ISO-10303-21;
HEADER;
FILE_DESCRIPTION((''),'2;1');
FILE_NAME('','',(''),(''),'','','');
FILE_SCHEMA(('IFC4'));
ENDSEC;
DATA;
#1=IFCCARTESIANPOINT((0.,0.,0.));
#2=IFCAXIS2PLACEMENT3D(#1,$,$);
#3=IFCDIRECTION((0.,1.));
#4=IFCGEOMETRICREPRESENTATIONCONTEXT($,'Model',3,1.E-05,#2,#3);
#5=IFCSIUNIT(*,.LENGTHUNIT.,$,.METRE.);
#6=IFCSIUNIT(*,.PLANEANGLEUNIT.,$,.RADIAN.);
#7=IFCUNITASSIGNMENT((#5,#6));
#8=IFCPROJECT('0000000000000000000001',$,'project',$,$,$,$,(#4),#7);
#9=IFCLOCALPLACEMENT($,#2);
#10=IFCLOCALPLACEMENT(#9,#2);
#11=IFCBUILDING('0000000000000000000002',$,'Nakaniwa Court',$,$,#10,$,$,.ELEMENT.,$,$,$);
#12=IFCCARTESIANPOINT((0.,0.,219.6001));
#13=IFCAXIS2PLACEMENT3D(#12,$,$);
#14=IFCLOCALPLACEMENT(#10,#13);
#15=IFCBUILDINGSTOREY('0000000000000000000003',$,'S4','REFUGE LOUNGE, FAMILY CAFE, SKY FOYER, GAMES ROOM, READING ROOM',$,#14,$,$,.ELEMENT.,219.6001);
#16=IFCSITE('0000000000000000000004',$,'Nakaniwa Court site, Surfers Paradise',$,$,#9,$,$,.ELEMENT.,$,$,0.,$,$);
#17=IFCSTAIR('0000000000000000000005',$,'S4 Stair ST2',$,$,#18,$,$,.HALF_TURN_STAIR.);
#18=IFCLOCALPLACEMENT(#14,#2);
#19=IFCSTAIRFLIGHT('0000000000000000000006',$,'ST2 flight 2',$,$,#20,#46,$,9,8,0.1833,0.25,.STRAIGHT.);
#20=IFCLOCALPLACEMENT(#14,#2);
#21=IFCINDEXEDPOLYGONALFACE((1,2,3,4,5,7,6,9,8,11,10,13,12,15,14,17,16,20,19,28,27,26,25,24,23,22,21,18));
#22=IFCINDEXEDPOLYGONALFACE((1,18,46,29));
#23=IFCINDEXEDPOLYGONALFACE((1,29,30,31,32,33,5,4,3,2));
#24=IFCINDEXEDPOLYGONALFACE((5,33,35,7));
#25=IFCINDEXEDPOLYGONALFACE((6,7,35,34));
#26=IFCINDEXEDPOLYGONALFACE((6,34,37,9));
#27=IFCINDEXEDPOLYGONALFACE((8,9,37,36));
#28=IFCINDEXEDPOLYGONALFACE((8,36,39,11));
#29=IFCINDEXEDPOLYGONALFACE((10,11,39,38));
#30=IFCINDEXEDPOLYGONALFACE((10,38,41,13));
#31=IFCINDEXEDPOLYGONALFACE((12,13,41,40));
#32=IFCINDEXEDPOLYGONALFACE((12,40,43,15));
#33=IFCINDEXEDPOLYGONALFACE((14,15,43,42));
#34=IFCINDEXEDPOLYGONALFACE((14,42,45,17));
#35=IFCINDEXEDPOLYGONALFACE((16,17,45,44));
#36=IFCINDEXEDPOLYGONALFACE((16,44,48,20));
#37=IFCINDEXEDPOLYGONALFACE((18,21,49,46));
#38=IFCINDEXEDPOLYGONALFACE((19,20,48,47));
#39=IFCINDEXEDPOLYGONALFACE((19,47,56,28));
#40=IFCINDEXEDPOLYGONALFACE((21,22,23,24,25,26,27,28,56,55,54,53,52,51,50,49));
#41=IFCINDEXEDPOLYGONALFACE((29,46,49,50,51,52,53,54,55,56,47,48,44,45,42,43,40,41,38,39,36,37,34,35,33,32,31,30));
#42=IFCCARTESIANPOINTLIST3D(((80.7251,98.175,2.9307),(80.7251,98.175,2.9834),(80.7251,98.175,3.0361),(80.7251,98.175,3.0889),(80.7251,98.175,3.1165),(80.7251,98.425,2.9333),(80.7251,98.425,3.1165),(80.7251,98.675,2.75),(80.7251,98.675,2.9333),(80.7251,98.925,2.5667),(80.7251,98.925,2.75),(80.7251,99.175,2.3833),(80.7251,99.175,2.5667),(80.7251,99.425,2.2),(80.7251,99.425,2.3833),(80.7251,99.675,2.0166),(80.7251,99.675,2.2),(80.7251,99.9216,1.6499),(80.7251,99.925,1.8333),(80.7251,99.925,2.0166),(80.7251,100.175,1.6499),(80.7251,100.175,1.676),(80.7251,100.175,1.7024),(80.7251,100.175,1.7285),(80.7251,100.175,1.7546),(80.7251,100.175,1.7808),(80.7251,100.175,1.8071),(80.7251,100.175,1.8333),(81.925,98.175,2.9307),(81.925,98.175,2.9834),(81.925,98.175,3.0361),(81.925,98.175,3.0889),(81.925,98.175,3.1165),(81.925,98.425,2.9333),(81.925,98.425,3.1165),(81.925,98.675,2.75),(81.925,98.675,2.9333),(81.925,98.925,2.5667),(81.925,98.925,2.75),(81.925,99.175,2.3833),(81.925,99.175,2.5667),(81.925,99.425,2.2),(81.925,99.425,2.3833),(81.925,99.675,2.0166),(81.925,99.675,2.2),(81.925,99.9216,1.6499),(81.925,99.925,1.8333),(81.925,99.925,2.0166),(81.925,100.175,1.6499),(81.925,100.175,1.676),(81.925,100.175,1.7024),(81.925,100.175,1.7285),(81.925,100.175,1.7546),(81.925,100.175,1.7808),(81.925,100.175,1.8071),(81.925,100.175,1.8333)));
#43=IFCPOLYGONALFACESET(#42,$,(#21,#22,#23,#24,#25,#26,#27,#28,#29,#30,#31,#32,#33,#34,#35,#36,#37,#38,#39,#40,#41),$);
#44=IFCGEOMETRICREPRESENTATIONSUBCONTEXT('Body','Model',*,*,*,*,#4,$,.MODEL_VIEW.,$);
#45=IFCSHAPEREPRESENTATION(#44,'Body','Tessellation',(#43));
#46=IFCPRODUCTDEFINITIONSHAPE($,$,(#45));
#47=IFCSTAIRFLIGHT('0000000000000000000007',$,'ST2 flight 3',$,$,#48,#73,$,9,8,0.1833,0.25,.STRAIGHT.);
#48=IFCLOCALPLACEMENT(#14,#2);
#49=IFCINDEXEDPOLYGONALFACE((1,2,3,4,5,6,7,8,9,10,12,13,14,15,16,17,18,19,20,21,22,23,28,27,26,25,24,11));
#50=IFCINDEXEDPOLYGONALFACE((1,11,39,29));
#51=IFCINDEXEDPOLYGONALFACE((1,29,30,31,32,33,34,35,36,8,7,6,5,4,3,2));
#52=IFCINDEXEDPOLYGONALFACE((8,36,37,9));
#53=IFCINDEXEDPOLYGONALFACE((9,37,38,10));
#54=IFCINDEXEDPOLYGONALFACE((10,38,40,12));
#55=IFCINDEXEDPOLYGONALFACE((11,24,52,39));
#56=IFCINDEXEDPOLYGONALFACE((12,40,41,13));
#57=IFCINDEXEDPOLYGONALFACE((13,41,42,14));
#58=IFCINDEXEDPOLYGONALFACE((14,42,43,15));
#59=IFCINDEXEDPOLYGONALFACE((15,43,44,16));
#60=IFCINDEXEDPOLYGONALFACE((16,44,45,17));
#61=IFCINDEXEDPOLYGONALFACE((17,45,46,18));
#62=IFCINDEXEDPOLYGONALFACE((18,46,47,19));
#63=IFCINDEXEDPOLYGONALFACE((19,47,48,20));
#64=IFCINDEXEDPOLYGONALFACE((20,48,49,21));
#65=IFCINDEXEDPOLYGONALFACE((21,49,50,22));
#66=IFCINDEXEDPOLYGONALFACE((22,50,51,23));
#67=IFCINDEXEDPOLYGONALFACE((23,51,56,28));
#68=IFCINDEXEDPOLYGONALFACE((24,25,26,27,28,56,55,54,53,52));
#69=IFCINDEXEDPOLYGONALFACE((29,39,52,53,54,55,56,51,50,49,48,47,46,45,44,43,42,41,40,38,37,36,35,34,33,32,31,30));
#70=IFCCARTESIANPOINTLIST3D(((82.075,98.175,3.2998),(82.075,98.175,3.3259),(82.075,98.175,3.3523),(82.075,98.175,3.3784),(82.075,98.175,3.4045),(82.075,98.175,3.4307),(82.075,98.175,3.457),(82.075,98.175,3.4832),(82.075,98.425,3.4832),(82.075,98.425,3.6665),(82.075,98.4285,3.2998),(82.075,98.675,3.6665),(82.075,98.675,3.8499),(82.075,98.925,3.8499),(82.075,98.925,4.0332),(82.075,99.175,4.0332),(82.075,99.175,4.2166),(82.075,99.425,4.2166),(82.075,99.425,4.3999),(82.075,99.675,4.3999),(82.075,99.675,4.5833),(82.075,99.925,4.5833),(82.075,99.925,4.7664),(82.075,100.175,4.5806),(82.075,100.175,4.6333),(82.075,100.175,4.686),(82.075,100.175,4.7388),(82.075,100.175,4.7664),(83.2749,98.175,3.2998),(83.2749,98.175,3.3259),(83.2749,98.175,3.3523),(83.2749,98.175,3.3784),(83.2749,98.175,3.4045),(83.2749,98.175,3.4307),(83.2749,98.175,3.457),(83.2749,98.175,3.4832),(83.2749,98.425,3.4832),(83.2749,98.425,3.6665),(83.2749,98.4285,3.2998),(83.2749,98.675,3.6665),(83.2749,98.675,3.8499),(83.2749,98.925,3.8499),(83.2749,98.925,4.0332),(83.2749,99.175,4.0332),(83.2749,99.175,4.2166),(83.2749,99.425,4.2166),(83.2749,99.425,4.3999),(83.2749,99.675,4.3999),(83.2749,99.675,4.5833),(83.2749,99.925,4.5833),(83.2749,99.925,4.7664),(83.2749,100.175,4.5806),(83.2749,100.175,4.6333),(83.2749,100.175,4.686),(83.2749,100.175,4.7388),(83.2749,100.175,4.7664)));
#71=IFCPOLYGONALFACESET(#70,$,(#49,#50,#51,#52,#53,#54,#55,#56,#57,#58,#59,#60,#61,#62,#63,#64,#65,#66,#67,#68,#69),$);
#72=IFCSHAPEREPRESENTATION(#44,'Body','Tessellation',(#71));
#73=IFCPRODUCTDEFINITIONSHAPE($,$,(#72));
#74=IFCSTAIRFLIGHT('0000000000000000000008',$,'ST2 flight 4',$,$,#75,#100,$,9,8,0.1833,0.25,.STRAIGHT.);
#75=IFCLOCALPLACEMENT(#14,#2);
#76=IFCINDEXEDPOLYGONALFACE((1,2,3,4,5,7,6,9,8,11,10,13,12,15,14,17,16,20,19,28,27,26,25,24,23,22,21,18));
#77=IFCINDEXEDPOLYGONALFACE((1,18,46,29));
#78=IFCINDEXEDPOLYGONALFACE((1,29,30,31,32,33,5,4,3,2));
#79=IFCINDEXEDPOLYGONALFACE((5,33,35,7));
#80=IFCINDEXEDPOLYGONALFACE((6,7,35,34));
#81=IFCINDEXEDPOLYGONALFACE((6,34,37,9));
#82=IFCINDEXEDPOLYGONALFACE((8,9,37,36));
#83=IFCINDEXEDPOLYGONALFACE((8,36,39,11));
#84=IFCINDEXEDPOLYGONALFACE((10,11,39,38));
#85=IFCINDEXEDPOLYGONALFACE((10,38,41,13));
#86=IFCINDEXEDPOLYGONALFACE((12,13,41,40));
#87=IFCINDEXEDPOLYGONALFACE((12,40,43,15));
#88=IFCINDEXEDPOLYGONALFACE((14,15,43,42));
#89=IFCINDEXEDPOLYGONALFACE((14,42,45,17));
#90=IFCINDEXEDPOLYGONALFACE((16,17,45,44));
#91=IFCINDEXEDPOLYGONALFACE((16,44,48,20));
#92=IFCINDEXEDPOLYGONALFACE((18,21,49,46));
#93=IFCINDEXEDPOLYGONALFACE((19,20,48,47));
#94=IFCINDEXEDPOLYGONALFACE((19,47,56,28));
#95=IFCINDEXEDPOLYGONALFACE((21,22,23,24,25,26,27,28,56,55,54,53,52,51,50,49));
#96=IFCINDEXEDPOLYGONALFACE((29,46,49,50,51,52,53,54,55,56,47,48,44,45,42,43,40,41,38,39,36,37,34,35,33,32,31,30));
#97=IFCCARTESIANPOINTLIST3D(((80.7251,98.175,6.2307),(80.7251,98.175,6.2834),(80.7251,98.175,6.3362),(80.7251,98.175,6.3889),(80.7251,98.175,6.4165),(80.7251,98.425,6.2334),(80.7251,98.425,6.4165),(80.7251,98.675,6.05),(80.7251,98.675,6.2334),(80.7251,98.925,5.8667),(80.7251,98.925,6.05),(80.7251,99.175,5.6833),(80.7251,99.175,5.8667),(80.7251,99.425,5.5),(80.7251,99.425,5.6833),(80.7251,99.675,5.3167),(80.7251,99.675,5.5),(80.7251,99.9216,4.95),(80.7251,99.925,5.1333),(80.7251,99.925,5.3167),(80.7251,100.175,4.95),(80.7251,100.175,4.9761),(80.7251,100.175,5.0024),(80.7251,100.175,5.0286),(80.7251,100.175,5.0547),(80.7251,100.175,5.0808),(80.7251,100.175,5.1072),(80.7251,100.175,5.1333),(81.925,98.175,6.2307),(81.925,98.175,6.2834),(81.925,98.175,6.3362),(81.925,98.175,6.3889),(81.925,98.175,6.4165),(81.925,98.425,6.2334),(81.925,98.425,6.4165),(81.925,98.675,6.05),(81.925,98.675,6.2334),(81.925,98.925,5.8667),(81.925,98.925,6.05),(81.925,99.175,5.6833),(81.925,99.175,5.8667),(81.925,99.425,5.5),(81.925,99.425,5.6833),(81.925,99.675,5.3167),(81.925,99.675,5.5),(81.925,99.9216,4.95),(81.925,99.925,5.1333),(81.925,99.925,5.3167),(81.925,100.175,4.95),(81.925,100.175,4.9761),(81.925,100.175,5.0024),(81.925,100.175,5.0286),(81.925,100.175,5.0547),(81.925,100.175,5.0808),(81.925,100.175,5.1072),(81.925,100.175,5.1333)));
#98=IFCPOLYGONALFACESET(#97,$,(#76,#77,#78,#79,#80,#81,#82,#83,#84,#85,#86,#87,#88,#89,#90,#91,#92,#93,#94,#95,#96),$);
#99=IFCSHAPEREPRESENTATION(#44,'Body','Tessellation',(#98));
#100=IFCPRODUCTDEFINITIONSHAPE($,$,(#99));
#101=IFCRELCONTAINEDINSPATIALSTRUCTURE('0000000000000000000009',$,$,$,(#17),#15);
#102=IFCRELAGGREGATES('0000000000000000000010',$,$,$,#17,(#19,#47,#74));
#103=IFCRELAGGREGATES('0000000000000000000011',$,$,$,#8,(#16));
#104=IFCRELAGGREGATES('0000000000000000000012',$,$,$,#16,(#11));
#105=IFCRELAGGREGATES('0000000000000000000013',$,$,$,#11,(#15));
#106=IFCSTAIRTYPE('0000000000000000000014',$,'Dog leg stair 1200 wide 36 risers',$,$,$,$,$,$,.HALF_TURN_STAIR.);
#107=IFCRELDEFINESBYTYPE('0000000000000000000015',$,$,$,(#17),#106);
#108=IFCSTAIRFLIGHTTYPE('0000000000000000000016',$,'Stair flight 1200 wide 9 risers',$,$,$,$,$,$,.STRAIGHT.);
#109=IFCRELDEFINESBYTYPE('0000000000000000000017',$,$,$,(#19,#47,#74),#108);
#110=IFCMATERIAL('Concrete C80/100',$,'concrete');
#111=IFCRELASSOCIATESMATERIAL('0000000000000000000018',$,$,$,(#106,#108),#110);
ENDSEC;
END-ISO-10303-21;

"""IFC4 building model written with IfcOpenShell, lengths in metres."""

from ifc_helpers import new_model, si_unit, direction, frame, origin, place, context, subcontext, project, spatial, polyline, outline, extrude, material, type_object, element, aggregate, save


model = new_model("IFC4")

# Units and contexts
model_context = context("Model", 3, precision=1e-05, world=origin(), true_north=direction((0.0, 1.0)))
body_context = subcontext(model_context, "Body", "Model", "MODEL_VIEW")
ifc_project = project(units=[si_unit("LENGTHUNIT", "METRE"), si_unit("PLANEANGLEUNIT", "RADIAN")], contexts=[model_context])

# Site, building, storey
site_placement = place(None, origin())
site = spatial("IfcSite", under=ifc_project, at=site_placement, Name="Nakaniwa Court site, Surfers Paradise", CompositionType="ELEMENT", RefElevation=0.0)
building_placement = place(site_placement, origin())
building = spatial("IfcBuilding", under=site, at=building_placement, Name="Nakaniwa Court", CompositionType="ELEMENT")
storey_placement = place(building_placement, frame((0.0, 0.0, 219.6001)))
storey = spatial("IfcBuildingStorey", under=building, at=storey_placement, Name="S4", Description="REFUGE LOUNGE, FAMILY CAFE, SKY FOYER, GAMES ROOM, READING ROOM", CompositionType="ELEMENT", Elevation=219.6001)

# Shared definitions
ifc_material_1 = material(Name="Concrete C80/100", Category="concrete")

# Stair, stair flights
stair_type = type_object("IfcStairType", Name="Dog leg stair 1200 wide 36 risers", PredefinedType="HALF_TURN_STAIR", material=ifc_material_1)
stair_placement = place(storey_placement, origin())
stair = element("IfcStair", 1, at=stair_placement, inside=storey, type_object=stair_type, Name="S4 Stair ST2", PredefinedType="HALF_TURN_STAIR")
stair_flight_type = type_object("IfcStairFlightType", Name="Stair flight 1200 wide 9 risers", PredefinedType="STRAIGHT", material=ifc_material_1)
stair_flight_1_placement = place(storey_placement, frame((81.325, 100.175, 1.6499), z_axis=(0.0, 0.0, 1.0), x_axis=(0.0, -1.0, 0.0)))
stair_flight_1 = element("IfcStairFlight", 2, at=stair_flight_1_placement, type_object=stair_flight_type, Name="ST2 flight 2", NumberOfRisers=9, NumberOfTreads=8, PredefinedType="STRAIGHT", RiserHeight=0.1833, TreadLength=0.25, context=body_context, shape_type="SweptSolid", body=[
    extrude(outline(polyline([(0.0, 0.0), (0.0, 0.0261), (0.0, 0.0525), (0.0, 0.0786), (0.0, 0.1047), (0.0, 0.1309), (0.0, 0.1572), (0.0, 0.1833), (0.25, 0.1833), (0.25, 0.3667), (0.5, 0.3667), (0.5, 0.55), (0.75, 0.55), (0.75, 0.7334), (1.0, 0.7334), (1.0, 0.9167), (1.25, 0.9167), (1.25, 1.1001), (1.5, 1.1001), (1.5, 1.2834), (1.75, 1.2834), (1.75, 1.4666), (2.0, 1.4666), (2.0, 1.6499), (2.0, 1.5972), (2.0, 1.5444), (2.0, 1.4917), (2.0, 1.439), (2.0, 1.3862), (2.0, 1.3335), (2.0, 1.2808), (0.2534, 0.0), (0.0, 0.0)])), frame((0.0, 0.6001, 0.0), z_axis=(0.0, -1.0, 0.0), x_axis=(1.0, 0.0, 0.0)), (0.0, 0.0, 1.0), 1.2),
])
stair_flight_2_placement = place(storey_placement, frame((82.675, 98.175, 3.2998), z_axis=(0.0, 0.0, 1.0), x_axis=(0.0, 1.0, 0.0)))
stair_flight_2 = element("IfcStairFlight", 3, at=stair_flight_2_placement, type_object=stair_flight_type, Name="ST2 flight 3", NumberOfRisers=9, NumberOfTreads=8, PredefinedType="STRAIGHT", RiserHeight=0.1833, TreadLength=0.25, context=body_context, shape_type="SweptSolid", body=[
    extrude(outline(polyline([(0.0, 0.0), (0.0, 0.0261), (0.0, 0.0525), (0.0, 0.0786), (0.0, 0.1047), (0.0, 0.1309), (0.0, 0.1572), (0.0, 0.1833), (0.25, 0.1833), (0.25, 0.3667), (0.5, 0.3667), (0.5, 0.55), (0.75, 0.55), (0.75, 0.7334), (1.0, 0.7334), (1.0, 0.9167), (1.25, 0.9167), (1.25, 1.1001), (1.5, 1.1001), (1.5, 1.2834), (1.75, 1.2834), (1.75, 1.4666), (2.0, 1.4666), (2.0, 1.6499), (2.0, 1.5972), (2.0, 1.5444), (2.0, 1.4917), (2.0, 1.439), (2.0, 1.3862), (2.0, 1.3335), (2.0, 1.2808), (0.2534, 0.0), (0.0, 0.0)])), frame((0.0, 0.6001, 0.0), z_axis=(0.0, -1.0, 0.0), x_axis=(1.0, 0.0, 0.0)), (0.0, 0.0, 1.0), 1.2),
])
stair_flight_3_placement = place(storey_placement, frame((81.325, 100.175, 4.95), z_axis=(0.0, 0.0, 1.0), x_axis=(0.0, -1.0, 0.0)))
stair_flight_3 = element("IfcStairFlight", 4, at=stair_flight_3_placement, type_object=stair_flight_type, Name="ST2 flight 4", NumberOfRisers=9, NumberOfTreads=8, PredefinedType="STRAIGHT", RiserHeight=0.1833, TreadLength=0.25, context=body_context, shape_type="SweptSolid", body=[
    extrude(outline(polyline([(0.0, 0.0), (0.0, 0.0261), (0.0, 0.0525), (0.0, 0.0786), (0.0, 0.1047), (0.0, 0.1309), (0.0, 0.1572), (0.0, 0.1833), (0.25, 0.1833), (0.25, 0.3667), (0.5, 0.3667), (0.5, 0.55), (0.75, 0.55), (0.75, 0.7334), (1.0, 0.7334), (1.0, 0.9167), (1.25, 0.9167), (1.25, 1.1001), (1.5, 1.1001), (1.5, 1.2834), (1.75, 1.2834), (1.75, 1.4666), (2.0, 1.4666), (2.0, 1.6499), (2.0, 1.5972), (2.0, 1.5444), (2.0, 1.4917), (2.0, 1.439), (2.0, 1.3862), (2.0, 1.3335), (2.0, 1.2808), (0.2534, 0.0), (0.0, 0.0)])), frame((0.0, 0.6001, 0.0), z_axis=(0.0, -1.0, 0.0), x_axis=(1.0, 0.0, 0.0)), (0.0, 0.0, 1.0), 1.2),
])
aggregate(stair, [stair_flight_1, stair_flight_2, stair_flight_3])

save(model, "model.ifc")
